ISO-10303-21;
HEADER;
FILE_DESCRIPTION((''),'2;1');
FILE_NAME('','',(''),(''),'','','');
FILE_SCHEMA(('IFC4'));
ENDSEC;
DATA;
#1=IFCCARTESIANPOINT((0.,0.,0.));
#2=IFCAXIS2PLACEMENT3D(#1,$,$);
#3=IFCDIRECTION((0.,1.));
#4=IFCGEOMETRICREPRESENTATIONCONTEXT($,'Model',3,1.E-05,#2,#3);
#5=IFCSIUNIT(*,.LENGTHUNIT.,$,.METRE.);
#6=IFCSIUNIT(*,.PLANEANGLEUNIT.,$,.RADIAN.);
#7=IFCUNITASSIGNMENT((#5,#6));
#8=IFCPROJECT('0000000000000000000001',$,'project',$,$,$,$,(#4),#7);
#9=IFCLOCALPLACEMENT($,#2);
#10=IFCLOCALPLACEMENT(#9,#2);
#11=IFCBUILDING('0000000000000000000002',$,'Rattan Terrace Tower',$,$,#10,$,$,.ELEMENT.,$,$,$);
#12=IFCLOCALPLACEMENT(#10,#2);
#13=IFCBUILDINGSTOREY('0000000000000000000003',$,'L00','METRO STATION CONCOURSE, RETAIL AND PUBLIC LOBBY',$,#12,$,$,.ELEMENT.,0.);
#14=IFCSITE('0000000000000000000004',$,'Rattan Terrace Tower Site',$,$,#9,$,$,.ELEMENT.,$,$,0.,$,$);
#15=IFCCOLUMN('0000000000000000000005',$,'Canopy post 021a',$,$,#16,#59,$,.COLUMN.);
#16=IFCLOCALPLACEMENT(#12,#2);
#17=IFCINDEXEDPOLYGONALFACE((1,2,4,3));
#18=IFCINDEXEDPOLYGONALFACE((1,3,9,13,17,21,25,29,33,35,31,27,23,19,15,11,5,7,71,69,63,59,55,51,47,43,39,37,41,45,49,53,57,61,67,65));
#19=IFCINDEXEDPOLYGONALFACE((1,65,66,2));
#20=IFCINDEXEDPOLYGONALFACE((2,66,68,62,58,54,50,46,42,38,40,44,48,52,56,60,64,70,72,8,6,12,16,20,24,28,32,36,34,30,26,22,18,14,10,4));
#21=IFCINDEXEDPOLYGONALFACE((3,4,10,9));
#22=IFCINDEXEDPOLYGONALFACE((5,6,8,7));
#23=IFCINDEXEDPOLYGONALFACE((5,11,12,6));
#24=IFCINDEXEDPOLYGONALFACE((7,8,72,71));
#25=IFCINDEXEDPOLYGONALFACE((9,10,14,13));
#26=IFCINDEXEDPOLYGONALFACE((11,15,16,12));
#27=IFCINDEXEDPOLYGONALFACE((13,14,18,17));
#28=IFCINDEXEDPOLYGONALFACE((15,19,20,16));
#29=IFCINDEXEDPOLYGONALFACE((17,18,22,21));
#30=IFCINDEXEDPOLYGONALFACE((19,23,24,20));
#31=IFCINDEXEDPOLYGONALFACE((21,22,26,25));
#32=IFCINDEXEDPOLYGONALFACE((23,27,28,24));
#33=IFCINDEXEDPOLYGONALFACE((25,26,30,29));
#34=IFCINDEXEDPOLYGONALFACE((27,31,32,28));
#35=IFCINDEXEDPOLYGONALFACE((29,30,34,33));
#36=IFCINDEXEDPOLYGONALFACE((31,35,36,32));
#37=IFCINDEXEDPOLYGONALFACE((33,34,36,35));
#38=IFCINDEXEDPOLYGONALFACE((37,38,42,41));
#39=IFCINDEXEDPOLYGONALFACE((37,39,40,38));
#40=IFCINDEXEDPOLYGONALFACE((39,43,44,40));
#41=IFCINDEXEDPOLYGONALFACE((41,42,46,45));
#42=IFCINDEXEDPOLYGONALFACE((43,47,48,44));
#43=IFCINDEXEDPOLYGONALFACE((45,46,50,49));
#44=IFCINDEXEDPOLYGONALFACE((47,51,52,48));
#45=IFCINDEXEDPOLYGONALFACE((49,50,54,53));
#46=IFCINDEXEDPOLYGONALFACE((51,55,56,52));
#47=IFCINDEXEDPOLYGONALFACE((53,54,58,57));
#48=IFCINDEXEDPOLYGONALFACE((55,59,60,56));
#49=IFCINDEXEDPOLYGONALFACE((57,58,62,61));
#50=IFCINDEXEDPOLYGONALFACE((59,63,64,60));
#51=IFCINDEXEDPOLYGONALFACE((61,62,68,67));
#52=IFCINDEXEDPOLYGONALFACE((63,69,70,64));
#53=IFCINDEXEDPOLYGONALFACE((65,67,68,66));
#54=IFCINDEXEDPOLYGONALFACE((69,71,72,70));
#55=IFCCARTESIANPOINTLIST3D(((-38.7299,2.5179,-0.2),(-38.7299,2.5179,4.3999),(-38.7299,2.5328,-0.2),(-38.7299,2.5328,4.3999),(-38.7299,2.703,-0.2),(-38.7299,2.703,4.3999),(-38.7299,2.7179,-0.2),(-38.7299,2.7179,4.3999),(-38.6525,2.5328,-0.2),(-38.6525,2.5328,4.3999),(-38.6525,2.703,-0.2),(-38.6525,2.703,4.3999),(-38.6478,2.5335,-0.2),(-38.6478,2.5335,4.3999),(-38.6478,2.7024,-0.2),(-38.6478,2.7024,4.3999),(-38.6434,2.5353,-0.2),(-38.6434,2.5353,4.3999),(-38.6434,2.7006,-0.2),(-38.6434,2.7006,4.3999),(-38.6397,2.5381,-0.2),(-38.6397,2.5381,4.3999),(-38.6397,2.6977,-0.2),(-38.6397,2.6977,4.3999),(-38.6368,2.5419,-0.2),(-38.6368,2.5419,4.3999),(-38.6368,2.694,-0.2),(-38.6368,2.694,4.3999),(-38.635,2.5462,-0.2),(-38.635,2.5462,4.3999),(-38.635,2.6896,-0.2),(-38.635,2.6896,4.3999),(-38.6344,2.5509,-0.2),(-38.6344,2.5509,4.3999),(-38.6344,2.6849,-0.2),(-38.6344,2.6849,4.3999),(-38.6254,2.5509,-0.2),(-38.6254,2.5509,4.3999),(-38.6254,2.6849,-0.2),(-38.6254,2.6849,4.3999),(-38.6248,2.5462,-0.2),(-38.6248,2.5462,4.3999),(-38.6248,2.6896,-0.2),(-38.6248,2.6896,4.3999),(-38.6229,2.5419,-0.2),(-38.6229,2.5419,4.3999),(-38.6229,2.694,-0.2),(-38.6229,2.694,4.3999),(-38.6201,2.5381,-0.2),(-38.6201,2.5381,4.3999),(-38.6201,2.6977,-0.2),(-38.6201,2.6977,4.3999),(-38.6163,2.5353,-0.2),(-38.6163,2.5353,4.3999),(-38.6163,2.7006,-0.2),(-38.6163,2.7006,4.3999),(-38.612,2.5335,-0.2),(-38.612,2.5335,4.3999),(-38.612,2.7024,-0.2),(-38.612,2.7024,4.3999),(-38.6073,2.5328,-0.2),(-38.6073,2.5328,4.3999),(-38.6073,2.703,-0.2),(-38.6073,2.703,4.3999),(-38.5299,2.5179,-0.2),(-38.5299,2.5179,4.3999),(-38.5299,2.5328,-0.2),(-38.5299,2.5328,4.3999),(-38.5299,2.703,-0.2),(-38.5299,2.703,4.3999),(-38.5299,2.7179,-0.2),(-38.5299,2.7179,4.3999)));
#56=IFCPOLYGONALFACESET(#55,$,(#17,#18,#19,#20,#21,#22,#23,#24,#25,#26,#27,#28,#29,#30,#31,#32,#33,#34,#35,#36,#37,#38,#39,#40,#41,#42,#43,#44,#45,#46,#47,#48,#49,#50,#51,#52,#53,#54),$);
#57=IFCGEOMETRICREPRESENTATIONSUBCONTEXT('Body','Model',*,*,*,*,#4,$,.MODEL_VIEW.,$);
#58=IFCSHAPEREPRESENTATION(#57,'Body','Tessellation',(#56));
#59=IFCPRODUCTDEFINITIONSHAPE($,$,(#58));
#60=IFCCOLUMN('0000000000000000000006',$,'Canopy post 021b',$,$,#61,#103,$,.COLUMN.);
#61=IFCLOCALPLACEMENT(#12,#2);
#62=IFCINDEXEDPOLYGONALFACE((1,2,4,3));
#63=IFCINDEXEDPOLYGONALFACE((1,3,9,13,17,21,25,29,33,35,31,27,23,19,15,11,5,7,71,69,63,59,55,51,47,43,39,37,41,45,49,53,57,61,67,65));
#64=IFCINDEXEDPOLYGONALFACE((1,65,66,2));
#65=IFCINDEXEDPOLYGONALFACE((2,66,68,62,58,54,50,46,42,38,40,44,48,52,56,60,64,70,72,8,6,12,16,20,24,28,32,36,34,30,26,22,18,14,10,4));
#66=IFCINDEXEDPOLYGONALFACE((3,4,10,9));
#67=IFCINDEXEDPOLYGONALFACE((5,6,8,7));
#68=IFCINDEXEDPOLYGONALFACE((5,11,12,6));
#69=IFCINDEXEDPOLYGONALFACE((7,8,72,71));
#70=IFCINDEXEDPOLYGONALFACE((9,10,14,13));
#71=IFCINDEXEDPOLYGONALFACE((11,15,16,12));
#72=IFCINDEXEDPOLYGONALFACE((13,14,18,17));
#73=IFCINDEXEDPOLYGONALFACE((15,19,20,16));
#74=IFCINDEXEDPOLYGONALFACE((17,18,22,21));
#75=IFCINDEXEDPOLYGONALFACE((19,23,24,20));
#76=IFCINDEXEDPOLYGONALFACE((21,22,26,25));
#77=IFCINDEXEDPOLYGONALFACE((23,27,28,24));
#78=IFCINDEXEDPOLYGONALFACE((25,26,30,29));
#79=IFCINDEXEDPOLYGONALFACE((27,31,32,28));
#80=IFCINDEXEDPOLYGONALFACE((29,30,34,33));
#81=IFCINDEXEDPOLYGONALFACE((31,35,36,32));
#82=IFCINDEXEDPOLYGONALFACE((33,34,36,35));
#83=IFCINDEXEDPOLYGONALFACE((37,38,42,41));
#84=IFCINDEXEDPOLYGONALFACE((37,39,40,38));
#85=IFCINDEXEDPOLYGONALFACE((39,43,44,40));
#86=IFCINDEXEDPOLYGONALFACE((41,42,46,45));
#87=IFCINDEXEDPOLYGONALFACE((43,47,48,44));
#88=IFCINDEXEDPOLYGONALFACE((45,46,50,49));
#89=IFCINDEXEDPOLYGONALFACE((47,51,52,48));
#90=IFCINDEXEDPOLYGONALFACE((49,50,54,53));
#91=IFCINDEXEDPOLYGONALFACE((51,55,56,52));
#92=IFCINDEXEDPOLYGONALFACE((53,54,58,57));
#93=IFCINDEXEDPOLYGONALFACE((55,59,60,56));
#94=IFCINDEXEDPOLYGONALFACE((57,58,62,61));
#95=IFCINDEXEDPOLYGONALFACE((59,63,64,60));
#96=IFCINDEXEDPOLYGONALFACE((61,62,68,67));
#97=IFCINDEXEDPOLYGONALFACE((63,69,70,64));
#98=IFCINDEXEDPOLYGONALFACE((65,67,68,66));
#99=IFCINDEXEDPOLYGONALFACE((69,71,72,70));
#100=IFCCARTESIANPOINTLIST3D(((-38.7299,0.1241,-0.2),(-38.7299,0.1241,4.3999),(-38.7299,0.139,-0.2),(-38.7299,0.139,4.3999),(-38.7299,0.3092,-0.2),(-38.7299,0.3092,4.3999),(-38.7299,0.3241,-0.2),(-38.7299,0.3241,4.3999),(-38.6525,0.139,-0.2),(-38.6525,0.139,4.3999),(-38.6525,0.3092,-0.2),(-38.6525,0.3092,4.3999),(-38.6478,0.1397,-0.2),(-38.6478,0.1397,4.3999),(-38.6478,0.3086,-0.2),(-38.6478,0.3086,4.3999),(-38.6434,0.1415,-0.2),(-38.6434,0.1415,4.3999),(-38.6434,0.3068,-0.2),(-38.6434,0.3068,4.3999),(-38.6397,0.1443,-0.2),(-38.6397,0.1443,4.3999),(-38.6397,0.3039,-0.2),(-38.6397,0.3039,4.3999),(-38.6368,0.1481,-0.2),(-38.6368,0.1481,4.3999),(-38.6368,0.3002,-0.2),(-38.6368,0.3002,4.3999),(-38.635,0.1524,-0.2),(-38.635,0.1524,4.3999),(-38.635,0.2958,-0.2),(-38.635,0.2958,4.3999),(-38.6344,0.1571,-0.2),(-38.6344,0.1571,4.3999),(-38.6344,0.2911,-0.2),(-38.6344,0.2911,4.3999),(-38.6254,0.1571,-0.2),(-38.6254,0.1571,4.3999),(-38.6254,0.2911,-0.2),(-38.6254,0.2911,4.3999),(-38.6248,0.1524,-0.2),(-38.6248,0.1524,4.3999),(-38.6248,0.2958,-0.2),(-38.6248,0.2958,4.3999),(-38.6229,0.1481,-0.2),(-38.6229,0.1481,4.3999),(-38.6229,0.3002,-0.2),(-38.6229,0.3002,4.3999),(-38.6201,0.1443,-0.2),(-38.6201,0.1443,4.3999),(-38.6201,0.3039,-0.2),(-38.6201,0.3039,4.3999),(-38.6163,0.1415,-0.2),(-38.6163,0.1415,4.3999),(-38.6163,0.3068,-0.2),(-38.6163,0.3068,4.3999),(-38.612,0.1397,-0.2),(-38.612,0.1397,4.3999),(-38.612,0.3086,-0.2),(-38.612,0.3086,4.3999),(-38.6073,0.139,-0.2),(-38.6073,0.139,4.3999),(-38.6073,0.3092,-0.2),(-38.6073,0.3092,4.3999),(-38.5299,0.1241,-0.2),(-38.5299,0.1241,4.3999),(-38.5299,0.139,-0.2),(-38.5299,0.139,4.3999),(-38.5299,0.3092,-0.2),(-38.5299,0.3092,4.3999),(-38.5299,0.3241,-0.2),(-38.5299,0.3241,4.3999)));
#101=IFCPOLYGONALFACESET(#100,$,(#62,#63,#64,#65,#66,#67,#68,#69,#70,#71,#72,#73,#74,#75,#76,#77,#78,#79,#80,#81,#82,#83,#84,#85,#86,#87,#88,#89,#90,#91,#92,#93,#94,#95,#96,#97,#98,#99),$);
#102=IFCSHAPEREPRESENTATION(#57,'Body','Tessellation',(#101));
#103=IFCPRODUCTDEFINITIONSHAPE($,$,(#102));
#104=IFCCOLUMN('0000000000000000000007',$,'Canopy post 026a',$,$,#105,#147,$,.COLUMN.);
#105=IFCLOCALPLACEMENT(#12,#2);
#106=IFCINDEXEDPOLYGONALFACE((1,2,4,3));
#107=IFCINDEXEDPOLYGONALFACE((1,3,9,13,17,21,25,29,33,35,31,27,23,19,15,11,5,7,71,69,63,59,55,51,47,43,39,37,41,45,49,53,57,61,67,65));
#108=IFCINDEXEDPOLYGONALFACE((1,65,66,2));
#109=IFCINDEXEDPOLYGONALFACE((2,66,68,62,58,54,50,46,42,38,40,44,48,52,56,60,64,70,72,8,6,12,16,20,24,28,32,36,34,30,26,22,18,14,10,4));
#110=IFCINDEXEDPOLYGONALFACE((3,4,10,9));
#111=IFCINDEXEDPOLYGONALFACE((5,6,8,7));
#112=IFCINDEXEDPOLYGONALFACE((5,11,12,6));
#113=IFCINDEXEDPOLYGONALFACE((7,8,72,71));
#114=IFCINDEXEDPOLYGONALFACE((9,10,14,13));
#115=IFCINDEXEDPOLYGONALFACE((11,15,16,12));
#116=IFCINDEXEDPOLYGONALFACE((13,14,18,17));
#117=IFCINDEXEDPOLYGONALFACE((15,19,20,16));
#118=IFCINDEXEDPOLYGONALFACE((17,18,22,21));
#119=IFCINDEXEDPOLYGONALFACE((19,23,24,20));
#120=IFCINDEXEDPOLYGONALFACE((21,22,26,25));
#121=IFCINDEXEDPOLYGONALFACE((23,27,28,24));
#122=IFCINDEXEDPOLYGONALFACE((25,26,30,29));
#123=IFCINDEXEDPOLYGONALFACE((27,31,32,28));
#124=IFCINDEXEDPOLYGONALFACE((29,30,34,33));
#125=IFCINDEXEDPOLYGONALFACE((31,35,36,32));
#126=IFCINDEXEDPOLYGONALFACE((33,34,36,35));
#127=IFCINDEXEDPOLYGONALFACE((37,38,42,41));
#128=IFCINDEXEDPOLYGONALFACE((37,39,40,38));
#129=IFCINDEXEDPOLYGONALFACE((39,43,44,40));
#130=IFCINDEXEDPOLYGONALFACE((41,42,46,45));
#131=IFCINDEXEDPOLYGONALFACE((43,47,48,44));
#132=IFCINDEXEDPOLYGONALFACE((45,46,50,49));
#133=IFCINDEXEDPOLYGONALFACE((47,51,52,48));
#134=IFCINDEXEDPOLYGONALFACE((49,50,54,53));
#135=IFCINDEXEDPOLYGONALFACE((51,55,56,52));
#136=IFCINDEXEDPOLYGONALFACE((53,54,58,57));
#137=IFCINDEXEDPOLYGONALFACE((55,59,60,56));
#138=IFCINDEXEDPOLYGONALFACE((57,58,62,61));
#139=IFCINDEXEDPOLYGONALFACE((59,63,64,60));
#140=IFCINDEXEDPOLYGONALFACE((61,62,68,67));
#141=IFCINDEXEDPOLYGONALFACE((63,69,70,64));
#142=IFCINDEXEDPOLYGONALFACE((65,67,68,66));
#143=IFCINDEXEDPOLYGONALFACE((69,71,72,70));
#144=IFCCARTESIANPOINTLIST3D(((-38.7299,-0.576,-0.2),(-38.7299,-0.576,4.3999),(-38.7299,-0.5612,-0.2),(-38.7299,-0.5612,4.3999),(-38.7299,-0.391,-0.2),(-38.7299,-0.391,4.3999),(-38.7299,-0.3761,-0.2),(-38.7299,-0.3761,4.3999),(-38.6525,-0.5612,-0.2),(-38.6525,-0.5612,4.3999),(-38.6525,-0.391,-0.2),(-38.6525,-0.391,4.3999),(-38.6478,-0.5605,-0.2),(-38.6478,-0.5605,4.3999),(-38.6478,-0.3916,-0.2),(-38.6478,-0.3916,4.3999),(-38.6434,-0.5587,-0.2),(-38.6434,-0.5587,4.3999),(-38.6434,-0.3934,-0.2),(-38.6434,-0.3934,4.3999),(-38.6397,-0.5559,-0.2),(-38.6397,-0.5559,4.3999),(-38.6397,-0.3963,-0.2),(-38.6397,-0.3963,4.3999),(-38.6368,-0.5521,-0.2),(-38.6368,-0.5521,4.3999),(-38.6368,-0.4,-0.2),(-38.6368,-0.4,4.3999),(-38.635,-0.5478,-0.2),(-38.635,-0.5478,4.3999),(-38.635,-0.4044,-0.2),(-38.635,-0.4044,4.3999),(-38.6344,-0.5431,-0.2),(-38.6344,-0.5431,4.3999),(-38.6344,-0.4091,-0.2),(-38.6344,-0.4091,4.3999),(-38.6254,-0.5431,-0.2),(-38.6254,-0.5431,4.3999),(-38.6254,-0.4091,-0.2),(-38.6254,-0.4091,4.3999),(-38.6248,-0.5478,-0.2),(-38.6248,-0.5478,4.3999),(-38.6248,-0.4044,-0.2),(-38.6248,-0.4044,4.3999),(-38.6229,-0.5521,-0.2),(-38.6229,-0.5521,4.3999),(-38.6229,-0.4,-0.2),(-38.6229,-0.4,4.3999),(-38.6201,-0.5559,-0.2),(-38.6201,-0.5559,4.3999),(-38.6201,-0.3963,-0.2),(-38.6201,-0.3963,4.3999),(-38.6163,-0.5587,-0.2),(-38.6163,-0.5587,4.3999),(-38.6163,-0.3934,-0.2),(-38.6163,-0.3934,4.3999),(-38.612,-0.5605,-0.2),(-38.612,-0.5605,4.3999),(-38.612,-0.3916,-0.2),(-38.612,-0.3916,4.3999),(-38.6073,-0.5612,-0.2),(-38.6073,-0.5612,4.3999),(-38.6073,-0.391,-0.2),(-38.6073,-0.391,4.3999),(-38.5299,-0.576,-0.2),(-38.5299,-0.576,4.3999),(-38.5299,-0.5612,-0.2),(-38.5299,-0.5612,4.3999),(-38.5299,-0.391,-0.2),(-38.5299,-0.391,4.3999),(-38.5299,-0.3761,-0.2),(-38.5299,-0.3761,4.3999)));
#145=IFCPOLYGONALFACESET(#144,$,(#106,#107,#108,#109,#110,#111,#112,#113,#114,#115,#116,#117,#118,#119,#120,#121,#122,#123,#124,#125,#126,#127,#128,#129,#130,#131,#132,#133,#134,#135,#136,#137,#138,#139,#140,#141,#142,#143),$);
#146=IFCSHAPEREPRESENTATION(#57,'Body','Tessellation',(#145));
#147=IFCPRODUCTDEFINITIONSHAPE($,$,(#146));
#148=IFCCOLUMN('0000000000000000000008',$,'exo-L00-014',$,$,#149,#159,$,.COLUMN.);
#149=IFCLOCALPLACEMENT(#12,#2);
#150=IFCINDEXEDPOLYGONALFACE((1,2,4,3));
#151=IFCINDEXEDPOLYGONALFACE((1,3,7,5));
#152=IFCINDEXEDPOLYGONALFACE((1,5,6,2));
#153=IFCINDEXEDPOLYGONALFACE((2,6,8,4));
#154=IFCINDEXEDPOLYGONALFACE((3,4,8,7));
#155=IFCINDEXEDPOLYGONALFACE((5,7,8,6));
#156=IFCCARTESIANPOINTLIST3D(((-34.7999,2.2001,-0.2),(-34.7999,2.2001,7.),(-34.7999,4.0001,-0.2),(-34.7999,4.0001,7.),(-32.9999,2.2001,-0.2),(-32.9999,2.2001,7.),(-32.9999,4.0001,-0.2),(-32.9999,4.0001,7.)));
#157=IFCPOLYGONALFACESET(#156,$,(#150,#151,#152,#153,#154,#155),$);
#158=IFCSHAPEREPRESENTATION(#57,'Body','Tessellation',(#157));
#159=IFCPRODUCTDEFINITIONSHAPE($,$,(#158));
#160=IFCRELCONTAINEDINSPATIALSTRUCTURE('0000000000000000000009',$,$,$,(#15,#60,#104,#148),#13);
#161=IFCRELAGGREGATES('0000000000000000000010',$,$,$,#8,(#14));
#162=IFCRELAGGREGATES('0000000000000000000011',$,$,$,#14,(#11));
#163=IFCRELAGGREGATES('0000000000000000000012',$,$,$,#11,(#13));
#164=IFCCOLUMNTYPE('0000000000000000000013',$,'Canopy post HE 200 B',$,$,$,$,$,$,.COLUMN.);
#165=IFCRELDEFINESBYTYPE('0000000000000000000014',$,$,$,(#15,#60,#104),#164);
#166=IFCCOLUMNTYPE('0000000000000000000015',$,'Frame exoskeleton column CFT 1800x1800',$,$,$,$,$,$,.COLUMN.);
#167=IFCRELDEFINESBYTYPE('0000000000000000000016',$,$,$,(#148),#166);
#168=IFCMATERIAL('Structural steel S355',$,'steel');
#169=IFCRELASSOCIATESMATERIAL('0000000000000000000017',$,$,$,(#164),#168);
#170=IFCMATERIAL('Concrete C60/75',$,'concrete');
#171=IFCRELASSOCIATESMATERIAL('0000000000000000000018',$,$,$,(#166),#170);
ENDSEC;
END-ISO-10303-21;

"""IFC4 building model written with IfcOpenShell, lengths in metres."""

from ifc_helpers import new_model, si_unit, direction, frame, origin, origin_2d, place, context, subcontext, project, spatial, rectangle, i_section, extrude, material, material_profile, profile_set, type_object, element, save


model = new_model("IFC4")

# Units and contexts
model_context = context("Model", 3, precision=1e-05, world=origin(), true_north=direction((0.0, 1.0)))
body_context = subcontext(model_context, "Body", "Model", "MODEL_VIEW")
ifc_project = project(units=[si_unit("LENGTHUNIT", "METRE"), si_unit("PLANEANGLEUNIT", "RADIAN")], contexts=[model_context])

# Site, building, storey
site_placement = place(None, origin())
site = spatial("IfcSite", under=ifc_project, at=site_placement, Name="Rattan Terrace Tower Site", CompositionType="ELEMENT", RefElevation=0.0)
building_placement = place(site_placement, origin())
building = spatial("IfcBuilding", under=site, at=building_placement, Name="Rattan Terrace Tower", CompositionType="ELEMENT")
storey_placement = place(building_placement, origin())
storey = spatial("IfcBuildingStorey", under=building, at=storey_placement, Name="L00", Description="METRO STATION CONCOURSE, RETAIL AND PUBLIC LOBBY", CompositionType="ELEMENT", Elevation=0.0)

# Columns
ifc_material_1 = material(Name="Structural steel S355", Category="steel")
ifc_material_profile_1 = material_profile(ifc_material_1, i_section(OverallWidth=0.2, OverallDepth=0.2, WebThickness=0.009, FlangeThickness=0.0149, FilletRadius=0.0181, at=origin_2d()), Name="HE 200 B")
ifc_profile_set_1 = profile_set([ifc_material_profile_1], Name="Structural steel S355")
column_type_1 = type_object("IfcColumnType", Name="Canopy post HE 200 B", PredefinedType="COLUMN", material=ifc_profile_set_1)
for number, where, z_axis, x_axis, name in (
    (1, (-38.6299, 2.6179, -0.2), (0.0, 0.0, 1.0), (1.0, 0.0, 0.0), "Canopy post 021a"),
    (2, (-38.6299, 0.2241, -0.2), (0.0, 0.0, 1.0), (1.0, 0.0, 0.0), "Canopy post 021b"),
    (3, (-38.6299, -0.4761, -0.2), (0.0, 0.0, 1.0), (1.0, 0.0, 0.0), "Canopy post 026a"),
):
    element("IfcColumn", number, at=place(storey_placement, frame(where, z_axis=z_axis, x_axis=x_axis)), inside=storey, type_object=column_type_1, Name=name, PredefinedType="COLUMN", context=body_context, shape_type="SweptSolid", body=[
        extrude(i_section(OverallWidth=0.2, OverallDepth=0.2, WebThickness=0.009, FlangeThickness=0.0149, FilletRadius=0.0181, at=origin_2d()), origin(), (0.0, 0.0, 1.0), 4.5999),
    ])
ifc_material_2 = material(Name="Concrete C60/75", Category="concrete")
ifc_material_profile_2 = material_profile(ifc_material_2, rectangle(XDim=1.8, YDim=1.8, at=origin_2d()), Name="CFT 1800x1800")
ifc_profile_set_2 = profile_set([ifc_material_profile_2], Name="Concrete C60/75")
column_type_2 = type_object("IfcColumnType", Name="Frame exoskeleton column CFT 1800x1800", PredefinedType="COLUMN", material=ifc_profile_set_2)
column_placement = place(storey_placement, frame((-33.8999, 3.1001, -0.2), z_axis=(0.0, 0.0, 1.0), x_axis=(0.0, 1.0, 0.0)))
element("IfcColumn", 4, at=column_placement, inside=storey, type_object=column_type_2, Name="exo-L00-014", PredefinedType="COLUMN", context=body_context, shape_type="SweptSolid", body=[
    extrude(rectangle(XDim=1.8, YDim=1.8, at=origin_2d()), origin(), (0.0, 0.0, 1.0), 7.2),
])

save(model, "model.ifc")
